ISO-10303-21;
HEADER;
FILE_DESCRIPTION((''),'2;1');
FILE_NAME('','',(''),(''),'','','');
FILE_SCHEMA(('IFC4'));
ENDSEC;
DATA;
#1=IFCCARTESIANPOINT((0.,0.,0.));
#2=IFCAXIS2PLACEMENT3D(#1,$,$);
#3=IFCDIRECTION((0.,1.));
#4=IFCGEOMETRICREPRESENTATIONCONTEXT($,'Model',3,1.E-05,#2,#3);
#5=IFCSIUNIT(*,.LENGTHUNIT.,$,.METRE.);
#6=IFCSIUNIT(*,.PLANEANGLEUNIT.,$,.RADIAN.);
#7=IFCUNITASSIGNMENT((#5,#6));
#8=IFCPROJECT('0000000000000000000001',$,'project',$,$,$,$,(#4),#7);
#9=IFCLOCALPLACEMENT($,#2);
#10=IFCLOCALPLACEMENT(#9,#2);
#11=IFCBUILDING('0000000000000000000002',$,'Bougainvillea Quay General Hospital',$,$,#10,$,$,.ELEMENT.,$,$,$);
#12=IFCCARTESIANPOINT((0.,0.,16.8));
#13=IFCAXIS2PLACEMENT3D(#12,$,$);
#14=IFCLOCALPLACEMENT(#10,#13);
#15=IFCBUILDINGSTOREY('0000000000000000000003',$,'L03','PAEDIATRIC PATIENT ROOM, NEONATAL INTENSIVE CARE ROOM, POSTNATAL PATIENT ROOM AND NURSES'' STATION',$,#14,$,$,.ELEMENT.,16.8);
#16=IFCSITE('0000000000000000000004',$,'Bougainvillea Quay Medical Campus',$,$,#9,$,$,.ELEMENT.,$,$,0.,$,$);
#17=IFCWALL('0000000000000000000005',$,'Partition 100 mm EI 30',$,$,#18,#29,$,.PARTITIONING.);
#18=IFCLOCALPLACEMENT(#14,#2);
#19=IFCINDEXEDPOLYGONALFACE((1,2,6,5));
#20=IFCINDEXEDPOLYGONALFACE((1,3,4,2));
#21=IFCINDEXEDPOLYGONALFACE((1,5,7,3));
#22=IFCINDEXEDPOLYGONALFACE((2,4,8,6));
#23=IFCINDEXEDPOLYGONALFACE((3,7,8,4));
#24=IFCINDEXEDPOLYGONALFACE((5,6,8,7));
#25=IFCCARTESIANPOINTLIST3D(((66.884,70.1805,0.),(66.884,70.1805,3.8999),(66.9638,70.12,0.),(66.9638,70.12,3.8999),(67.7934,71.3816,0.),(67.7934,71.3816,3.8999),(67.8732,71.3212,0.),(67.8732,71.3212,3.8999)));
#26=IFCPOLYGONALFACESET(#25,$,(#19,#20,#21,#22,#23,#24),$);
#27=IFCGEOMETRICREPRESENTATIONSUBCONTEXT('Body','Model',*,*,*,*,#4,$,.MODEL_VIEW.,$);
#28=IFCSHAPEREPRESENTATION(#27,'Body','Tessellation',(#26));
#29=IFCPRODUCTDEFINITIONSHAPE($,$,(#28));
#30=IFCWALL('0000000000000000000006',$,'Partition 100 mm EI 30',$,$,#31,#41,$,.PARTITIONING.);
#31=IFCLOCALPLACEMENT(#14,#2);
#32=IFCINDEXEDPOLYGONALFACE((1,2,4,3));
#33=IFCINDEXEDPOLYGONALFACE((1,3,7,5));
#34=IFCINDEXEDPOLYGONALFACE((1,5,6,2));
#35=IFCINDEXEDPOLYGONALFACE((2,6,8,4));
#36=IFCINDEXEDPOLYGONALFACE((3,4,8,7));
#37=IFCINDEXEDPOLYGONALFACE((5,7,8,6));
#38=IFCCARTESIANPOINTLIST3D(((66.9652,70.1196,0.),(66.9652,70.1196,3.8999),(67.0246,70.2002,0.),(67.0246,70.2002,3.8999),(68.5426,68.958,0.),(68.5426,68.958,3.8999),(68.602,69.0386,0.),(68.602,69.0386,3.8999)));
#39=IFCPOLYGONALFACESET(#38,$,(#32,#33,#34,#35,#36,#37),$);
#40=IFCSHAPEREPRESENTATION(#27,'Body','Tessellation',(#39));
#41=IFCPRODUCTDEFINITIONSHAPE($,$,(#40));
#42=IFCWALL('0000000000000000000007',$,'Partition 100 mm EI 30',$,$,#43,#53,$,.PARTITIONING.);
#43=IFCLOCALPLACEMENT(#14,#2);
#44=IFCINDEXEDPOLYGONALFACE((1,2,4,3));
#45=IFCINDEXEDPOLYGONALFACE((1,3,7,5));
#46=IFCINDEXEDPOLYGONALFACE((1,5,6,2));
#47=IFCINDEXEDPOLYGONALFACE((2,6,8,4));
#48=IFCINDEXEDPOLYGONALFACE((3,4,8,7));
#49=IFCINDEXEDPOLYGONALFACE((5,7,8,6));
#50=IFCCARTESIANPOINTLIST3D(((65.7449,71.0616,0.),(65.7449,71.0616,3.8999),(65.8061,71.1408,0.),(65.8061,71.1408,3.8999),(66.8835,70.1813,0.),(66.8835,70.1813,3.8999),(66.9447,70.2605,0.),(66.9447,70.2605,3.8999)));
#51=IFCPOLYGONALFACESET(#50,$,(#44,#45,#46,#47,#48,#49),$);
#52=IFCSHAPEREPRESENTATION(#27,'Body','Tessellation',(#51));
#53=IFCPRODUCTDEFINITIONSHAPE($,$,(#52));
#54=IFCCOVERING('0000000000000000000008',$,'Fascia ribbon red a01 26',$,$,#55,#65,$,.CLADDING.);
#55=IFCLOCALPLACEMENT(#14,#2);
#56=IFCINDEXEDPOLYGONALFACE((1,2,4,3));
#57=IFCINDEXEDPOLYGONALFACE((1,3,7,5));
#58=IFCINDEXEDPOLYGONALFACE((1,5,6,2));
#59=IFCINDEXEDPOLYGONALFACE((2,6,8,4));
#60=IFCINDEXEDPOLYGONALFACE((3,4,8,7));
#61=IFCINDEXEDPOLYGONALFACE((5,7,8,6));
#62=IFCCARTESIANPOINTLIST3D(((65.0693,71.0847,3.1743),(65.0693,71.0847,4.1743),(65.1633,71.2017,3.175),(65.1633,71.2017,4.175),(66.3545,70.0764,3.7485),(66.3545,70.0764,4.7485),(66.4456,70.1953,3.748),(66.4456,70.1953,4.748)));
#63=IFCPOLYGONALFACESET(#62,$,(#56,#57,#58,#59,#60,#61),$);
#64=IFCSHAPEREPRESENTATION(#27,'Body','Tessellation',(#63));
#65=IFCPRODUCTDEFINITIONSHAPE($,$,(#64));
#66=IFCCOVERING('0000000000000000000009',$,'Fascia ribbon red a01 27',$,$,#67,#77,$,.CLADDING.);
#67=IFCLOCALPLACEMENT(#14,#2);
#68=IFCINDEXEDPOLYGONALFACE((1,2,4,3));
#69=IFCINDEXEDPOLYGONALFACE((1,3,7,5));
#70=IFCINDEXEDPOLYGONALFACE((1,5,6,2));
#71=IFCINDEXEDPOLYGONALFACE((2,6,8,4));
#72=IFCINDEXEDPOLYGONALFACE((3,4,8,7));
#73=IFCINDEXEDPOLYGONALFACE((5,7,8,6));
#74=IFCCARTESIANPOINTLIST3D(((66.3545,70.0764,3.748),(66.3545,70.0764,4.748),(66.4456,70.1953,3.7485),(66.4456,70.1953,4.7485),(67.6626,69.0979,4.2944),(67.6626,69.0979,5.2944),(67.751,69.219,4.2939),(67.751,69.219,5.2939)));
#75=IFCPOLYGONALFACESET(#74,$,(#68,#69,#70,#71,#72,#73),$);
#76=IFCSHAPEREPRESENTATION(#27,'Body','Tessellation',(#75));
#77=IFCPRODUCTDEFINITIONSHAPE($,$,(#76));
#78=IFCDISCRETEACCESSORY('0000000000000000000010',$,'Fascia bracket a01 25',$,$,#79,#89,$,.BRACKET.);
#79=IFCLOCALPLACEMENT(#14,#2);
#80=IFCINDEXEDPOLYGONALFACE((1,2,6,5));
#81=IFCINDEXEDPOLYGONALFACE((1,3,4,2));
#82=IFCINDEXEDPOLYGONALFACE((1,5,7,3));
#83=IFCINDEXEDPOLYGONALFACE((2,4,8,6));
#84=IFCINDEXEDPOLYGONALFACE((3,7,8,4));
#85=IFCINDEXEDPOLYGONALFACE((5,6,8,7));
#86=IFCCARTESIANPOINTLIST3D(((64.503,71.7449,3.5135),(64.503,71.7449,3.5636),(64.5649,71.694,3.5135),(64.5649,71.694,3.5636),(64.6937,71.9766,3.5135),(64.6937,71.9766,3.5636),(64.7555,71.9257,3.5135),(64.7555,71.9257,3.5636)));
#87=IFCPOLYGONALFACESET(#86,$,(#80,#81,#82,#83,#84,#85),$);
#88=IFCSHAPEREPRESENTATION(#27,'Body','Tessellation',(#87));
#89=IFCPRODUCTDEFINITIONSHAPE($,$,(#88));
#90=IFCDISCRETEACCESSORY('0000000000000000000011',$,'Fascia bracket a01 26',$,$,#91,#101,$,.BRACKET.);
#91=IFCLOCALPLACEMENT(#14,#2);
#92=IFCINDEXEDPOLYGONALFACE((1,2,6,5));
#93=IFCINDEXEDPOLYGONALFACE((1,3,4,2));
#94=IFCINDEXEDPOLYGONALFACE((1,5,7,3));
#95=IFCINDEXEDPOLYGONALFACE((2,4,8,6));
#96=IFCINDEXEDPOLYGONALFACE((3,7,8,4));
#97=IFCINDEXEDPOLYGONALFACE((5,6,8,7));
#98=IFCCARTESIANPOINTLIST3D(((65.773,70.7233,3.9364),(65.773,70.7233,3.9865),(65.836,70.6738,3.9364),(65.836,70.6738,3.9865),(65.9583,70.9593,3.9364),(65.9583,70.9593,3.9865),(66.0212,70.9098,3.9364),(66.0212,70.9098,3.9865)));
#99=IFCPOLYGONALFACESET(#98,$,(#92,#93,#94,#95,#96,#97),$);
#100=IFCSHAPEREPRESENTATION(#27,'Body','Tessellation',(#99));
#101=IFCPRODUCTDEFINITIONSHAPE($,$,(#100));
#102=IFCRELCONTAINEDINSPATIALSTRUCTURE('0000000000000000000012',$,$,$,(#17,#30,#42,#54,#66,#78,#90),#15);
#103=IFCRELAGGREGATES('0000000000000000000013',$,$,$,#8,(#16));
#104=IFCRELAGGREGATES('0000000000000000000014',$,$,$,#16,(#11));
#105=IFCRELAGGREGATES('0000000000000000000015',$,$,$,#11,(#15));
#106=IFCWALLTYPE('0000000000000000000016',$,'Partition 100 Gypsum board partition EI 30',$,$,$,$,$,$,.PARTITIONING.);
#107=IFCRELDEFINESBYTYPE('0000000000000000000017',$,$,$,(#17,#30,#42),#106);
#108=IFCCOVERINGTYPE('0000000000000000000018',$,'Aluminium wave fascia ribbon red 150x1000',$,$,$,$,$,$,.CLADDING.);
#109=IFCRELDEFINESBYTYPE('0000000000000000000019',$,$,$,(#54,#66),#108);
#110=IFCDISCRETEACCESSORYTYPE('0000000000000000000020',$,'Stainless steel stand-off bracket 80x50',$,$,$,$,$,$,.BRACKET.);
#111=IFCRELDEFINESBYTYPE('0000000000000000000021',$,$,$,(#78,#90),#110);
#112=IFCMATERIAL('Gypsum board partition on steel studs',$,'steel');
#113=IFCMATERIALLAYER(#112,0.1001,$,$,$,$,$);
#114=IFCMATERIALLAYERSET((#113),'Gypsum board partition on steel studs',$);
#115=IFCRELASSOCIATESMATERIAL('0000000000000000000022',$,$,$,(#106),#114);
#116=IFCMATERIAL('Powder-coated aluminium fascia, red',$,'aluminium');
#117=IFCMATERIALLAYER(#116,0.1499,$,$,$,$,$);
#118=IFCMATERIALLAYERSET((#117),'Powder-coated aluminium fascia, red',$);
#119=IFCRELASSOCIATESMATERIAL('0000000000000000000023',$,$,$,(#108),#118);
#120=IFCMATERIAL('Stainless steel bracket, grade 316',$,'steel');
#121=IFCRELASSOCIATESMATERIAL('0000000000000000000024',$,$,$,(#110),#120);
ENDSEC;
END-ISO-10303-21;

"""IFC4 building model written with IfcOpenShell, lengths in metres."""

from ifc_helpers import new_model, si_unit, direction, frame, frame_2d, origin, origin_2d, place, context, subcontext, project, spatial, polyline, rectangle, outline, extrude, material, layer, layer_set, material_profile, profile_set, type_object, element, save


model = new_model("IFC4")

# Units and contexts
model_context = context("Model", 3, precision=1e-05, world=origin(), true_north=direction((0.0, 1.0)))
body_context = subcontext(model_context, "Body", "Model", "MODEL_VIEW")
ifc_project = project(units=[si_unit("LENGTHUNIT", "METRE"), si_unit("PLANEANGLEUNIT", "RADIAN")], contexts=[model_context])

# Site, building, storey
site_placement = place(None, origin())
site = spatial("IfcSite", under=ifc_project, at=site_placement, Name="Bougainvillea Quay Medical Campus", CompositionType="ELEMENT", RefElevation=0.0)
building_placement = place(site_placement, origin())
building = spatial("IfcBuilding", under=site, at=building_placement, Name="Bougainvillea Quay General Hospital", CompositionType="ELEMENT")
storey_placement = place(building_placement, frame((0.0, 0.0, 16.8)))
storey = spatial("IfcBuildingStorey", under=building, at=storey_placement, Name="L03", Description="PAEDIATRIC PATIENT ROOM, NEONATAL INTENSIVE CARE ROOM, POSTNATAL PATIENT ROOM AND NURSES' STATION", CompositionType="ELEMENT", Elevation=16.8)

# Walls
ifc_material_1 = material(Name="Gypsum board partition on steel studs", Category="steel")
ifc_layer_1 = layer(ifc_material_1, 0.1001)
ifc_layer_set_1 = layer_set([ifc_layer_1], Name="Gypsum board partition on steel studs")
wall_type = type_object("IfcWallType", Name="Partition 100 Gypsum board partition EI 30", PredefinedType="PARTITIONING", material=ifc_layer_set_1)
wall_1_placement = place(storey_placement, frame((66.9238, 70.1501, 0.0), z_axis=(0.0, 0.0, 1.0), x_axis=(0.603624, 0.797269, 0.0)))
element("IfcWall", 1, at=wall_1_placement, inside=storey, type_object=wall_type, Name="Partition 100 mm EI 30", PredefinedType="PARTITIONING", context=body_context, shape_type="SweptSolid", body=[
    extrude(rectangle(XDim=1.5066, YDim=0.1001, at=frame_2d((0.7534, 0.0))), origin(), (0.0, 0.0, 1.0), 3.8999),
])
wall_2_placement = place(storey_placement, frame((66.9949, 70.1599, 0.0), z_axis=(0.0, 0.0, 1.0), x_axis=(0.805219, -0.592978, 0.0)))
element("IfcWall", 2, at=wall_2_placement, inside=storey, type_object=wall_type, Name="Partition 100 mm EI 30", PredefinedType="PARTITIONING", context=body_context, shape_type="SweptSolid", body=[
    extrude(rectangle(XDim=1.959, YDim=0.1001, at=frame_2d((0.9795, 0.0))), origin(), (0.0, 0.0, 1.0), 3.8999),
])
wall_3_placement = place(storey_placement, frame((65.7754, 71.1013, 0.0), z_axis=(0.0, 0.0, 1.0), x_axis=(0.791121, -0.61166, 0.0)))
element("IfcWall", 3, at=wall_3_placement, inside=storey, type_object=wall_type, Name="Partition 100 mm EI 30", PredefinedType="PARTITIONING", context=body_context, shape_type="SweptSolid", body=[
    extrude(rectangle(XDim=1.4392, YDim=0.1001, at=frame_2d((0.7197, 0.0))), origin(), (0.0, 0.0, 1.0), 3.8999),
])

# Coverings
ifc_material_2 = material(Name="Powder-coated aluminium fascia, red", Category="aluminium")
ifc_layer_2 = layer(ifc_material_2, 0.1499)
ifc_layer_set_2 = layer_set([ifc_layer_2], Name="Powder-coated aluminium fascia, red")
covering_type = type_object("IfcCoveringType", Name="Aluminium wave fascia ribbon red 150x1000", PredefinedType="CLADDING", material=ifc_layer_set_2)
covering_1_placement = place(storey_placement, frame((65.1633, 71.2017, 3.175), z_axis=(-0.261378, 0.204122, 0.943406), x_axis=(0.742132, -0.582458, 0.331638)))
element("IfcCovering", 4, at=covering_1_placement, inside=storey, type_object=covering_type, Name="Fascia ribbon red a01 26", PredefinedType="CLADDING", context=body_context, shape_type="SweptSolid", body=[
    extrude(outline(polyline([(0.0, 0.0), (1.7278, 0.0), (1.7296, -0.1498), (-0.0019, -0.15), (0.0, 0.0)])), origin(), (0.331638, 0.000757, 0.943406), 1.0),
])
covering_2_placement = place(storey_placement, frame((66.4456, 70.1953, 3.7485), z_axis=(-0.254075, 0.189974, 0.948344), x_axis=(0.759441, -0.567983, 0.317245)))
element("IfcCovering", 5, at=covering_2_placement, inside=storey, type_object=covering_type, Name="Fascia ribbon red a01 27", PredefinedType="CLADDING", context=body_context, shape_type="SweptSolid", body=[
    extrude(outline(polyline([(0.0, 0.0), (1.719, 0.0), (1.7208, -0.1499), (-0.0018, -0.1498), (0.0, 0.0)])), origin(), (0.317245, 0.000036, 0.948344), 1.0),
])

# Discrete accessories
ifc_material_3 = material(Name="Stainless steel bracket, grade 316", Category="steel")
ifc_material_profile_1 = material_profile(ifc_material_3, rectangle(XDim=0.0801, YDim=0.05, at=origin_2d()))
ifc_profile_set_1 = profile_set([ifc_material_profile_1], Name="Stainless steel bracket, grade 316")
discrete_accessory_type = type_object("IfcDiscreteAccessoryType", Name="Stainless steel stand-off bracket 80x50", PredefinedType="BRACKET", material=ifc_profile_set_1)
for number, where, z_axis, x_axis, name in (
    (6, (64.7246, 71.9512, 3.5386), (-0.635451, -0.772142, 0.0), (0.772142, -0.635451, 0.0), "Fascia bracket a01 25"),
    (7, (65.9897, 70.9346, 3.9614), (-0.617426, -0.786629, 0.0), (0.786629, -0.617426, 0.0), "Fascia bracket a01 26"),
):
    element("IfcDiscreteAccessory", number, at=place(storey_placement, frame(where, z_axis=z_axis, x_axis=x_axis)), inside=storey, type_object=discrete_accessory_type, Name=name, PredefinedType="BRACKET", context=body_context, shape_type="SweptSolid", body=[
        extrude(rectangle(XDim=0.0801, YDim=0.05, at=origin_2d()), origin(), (0.0, 0.0, 1.0), 0.3),
    ])

save(model, "model.ifc")
